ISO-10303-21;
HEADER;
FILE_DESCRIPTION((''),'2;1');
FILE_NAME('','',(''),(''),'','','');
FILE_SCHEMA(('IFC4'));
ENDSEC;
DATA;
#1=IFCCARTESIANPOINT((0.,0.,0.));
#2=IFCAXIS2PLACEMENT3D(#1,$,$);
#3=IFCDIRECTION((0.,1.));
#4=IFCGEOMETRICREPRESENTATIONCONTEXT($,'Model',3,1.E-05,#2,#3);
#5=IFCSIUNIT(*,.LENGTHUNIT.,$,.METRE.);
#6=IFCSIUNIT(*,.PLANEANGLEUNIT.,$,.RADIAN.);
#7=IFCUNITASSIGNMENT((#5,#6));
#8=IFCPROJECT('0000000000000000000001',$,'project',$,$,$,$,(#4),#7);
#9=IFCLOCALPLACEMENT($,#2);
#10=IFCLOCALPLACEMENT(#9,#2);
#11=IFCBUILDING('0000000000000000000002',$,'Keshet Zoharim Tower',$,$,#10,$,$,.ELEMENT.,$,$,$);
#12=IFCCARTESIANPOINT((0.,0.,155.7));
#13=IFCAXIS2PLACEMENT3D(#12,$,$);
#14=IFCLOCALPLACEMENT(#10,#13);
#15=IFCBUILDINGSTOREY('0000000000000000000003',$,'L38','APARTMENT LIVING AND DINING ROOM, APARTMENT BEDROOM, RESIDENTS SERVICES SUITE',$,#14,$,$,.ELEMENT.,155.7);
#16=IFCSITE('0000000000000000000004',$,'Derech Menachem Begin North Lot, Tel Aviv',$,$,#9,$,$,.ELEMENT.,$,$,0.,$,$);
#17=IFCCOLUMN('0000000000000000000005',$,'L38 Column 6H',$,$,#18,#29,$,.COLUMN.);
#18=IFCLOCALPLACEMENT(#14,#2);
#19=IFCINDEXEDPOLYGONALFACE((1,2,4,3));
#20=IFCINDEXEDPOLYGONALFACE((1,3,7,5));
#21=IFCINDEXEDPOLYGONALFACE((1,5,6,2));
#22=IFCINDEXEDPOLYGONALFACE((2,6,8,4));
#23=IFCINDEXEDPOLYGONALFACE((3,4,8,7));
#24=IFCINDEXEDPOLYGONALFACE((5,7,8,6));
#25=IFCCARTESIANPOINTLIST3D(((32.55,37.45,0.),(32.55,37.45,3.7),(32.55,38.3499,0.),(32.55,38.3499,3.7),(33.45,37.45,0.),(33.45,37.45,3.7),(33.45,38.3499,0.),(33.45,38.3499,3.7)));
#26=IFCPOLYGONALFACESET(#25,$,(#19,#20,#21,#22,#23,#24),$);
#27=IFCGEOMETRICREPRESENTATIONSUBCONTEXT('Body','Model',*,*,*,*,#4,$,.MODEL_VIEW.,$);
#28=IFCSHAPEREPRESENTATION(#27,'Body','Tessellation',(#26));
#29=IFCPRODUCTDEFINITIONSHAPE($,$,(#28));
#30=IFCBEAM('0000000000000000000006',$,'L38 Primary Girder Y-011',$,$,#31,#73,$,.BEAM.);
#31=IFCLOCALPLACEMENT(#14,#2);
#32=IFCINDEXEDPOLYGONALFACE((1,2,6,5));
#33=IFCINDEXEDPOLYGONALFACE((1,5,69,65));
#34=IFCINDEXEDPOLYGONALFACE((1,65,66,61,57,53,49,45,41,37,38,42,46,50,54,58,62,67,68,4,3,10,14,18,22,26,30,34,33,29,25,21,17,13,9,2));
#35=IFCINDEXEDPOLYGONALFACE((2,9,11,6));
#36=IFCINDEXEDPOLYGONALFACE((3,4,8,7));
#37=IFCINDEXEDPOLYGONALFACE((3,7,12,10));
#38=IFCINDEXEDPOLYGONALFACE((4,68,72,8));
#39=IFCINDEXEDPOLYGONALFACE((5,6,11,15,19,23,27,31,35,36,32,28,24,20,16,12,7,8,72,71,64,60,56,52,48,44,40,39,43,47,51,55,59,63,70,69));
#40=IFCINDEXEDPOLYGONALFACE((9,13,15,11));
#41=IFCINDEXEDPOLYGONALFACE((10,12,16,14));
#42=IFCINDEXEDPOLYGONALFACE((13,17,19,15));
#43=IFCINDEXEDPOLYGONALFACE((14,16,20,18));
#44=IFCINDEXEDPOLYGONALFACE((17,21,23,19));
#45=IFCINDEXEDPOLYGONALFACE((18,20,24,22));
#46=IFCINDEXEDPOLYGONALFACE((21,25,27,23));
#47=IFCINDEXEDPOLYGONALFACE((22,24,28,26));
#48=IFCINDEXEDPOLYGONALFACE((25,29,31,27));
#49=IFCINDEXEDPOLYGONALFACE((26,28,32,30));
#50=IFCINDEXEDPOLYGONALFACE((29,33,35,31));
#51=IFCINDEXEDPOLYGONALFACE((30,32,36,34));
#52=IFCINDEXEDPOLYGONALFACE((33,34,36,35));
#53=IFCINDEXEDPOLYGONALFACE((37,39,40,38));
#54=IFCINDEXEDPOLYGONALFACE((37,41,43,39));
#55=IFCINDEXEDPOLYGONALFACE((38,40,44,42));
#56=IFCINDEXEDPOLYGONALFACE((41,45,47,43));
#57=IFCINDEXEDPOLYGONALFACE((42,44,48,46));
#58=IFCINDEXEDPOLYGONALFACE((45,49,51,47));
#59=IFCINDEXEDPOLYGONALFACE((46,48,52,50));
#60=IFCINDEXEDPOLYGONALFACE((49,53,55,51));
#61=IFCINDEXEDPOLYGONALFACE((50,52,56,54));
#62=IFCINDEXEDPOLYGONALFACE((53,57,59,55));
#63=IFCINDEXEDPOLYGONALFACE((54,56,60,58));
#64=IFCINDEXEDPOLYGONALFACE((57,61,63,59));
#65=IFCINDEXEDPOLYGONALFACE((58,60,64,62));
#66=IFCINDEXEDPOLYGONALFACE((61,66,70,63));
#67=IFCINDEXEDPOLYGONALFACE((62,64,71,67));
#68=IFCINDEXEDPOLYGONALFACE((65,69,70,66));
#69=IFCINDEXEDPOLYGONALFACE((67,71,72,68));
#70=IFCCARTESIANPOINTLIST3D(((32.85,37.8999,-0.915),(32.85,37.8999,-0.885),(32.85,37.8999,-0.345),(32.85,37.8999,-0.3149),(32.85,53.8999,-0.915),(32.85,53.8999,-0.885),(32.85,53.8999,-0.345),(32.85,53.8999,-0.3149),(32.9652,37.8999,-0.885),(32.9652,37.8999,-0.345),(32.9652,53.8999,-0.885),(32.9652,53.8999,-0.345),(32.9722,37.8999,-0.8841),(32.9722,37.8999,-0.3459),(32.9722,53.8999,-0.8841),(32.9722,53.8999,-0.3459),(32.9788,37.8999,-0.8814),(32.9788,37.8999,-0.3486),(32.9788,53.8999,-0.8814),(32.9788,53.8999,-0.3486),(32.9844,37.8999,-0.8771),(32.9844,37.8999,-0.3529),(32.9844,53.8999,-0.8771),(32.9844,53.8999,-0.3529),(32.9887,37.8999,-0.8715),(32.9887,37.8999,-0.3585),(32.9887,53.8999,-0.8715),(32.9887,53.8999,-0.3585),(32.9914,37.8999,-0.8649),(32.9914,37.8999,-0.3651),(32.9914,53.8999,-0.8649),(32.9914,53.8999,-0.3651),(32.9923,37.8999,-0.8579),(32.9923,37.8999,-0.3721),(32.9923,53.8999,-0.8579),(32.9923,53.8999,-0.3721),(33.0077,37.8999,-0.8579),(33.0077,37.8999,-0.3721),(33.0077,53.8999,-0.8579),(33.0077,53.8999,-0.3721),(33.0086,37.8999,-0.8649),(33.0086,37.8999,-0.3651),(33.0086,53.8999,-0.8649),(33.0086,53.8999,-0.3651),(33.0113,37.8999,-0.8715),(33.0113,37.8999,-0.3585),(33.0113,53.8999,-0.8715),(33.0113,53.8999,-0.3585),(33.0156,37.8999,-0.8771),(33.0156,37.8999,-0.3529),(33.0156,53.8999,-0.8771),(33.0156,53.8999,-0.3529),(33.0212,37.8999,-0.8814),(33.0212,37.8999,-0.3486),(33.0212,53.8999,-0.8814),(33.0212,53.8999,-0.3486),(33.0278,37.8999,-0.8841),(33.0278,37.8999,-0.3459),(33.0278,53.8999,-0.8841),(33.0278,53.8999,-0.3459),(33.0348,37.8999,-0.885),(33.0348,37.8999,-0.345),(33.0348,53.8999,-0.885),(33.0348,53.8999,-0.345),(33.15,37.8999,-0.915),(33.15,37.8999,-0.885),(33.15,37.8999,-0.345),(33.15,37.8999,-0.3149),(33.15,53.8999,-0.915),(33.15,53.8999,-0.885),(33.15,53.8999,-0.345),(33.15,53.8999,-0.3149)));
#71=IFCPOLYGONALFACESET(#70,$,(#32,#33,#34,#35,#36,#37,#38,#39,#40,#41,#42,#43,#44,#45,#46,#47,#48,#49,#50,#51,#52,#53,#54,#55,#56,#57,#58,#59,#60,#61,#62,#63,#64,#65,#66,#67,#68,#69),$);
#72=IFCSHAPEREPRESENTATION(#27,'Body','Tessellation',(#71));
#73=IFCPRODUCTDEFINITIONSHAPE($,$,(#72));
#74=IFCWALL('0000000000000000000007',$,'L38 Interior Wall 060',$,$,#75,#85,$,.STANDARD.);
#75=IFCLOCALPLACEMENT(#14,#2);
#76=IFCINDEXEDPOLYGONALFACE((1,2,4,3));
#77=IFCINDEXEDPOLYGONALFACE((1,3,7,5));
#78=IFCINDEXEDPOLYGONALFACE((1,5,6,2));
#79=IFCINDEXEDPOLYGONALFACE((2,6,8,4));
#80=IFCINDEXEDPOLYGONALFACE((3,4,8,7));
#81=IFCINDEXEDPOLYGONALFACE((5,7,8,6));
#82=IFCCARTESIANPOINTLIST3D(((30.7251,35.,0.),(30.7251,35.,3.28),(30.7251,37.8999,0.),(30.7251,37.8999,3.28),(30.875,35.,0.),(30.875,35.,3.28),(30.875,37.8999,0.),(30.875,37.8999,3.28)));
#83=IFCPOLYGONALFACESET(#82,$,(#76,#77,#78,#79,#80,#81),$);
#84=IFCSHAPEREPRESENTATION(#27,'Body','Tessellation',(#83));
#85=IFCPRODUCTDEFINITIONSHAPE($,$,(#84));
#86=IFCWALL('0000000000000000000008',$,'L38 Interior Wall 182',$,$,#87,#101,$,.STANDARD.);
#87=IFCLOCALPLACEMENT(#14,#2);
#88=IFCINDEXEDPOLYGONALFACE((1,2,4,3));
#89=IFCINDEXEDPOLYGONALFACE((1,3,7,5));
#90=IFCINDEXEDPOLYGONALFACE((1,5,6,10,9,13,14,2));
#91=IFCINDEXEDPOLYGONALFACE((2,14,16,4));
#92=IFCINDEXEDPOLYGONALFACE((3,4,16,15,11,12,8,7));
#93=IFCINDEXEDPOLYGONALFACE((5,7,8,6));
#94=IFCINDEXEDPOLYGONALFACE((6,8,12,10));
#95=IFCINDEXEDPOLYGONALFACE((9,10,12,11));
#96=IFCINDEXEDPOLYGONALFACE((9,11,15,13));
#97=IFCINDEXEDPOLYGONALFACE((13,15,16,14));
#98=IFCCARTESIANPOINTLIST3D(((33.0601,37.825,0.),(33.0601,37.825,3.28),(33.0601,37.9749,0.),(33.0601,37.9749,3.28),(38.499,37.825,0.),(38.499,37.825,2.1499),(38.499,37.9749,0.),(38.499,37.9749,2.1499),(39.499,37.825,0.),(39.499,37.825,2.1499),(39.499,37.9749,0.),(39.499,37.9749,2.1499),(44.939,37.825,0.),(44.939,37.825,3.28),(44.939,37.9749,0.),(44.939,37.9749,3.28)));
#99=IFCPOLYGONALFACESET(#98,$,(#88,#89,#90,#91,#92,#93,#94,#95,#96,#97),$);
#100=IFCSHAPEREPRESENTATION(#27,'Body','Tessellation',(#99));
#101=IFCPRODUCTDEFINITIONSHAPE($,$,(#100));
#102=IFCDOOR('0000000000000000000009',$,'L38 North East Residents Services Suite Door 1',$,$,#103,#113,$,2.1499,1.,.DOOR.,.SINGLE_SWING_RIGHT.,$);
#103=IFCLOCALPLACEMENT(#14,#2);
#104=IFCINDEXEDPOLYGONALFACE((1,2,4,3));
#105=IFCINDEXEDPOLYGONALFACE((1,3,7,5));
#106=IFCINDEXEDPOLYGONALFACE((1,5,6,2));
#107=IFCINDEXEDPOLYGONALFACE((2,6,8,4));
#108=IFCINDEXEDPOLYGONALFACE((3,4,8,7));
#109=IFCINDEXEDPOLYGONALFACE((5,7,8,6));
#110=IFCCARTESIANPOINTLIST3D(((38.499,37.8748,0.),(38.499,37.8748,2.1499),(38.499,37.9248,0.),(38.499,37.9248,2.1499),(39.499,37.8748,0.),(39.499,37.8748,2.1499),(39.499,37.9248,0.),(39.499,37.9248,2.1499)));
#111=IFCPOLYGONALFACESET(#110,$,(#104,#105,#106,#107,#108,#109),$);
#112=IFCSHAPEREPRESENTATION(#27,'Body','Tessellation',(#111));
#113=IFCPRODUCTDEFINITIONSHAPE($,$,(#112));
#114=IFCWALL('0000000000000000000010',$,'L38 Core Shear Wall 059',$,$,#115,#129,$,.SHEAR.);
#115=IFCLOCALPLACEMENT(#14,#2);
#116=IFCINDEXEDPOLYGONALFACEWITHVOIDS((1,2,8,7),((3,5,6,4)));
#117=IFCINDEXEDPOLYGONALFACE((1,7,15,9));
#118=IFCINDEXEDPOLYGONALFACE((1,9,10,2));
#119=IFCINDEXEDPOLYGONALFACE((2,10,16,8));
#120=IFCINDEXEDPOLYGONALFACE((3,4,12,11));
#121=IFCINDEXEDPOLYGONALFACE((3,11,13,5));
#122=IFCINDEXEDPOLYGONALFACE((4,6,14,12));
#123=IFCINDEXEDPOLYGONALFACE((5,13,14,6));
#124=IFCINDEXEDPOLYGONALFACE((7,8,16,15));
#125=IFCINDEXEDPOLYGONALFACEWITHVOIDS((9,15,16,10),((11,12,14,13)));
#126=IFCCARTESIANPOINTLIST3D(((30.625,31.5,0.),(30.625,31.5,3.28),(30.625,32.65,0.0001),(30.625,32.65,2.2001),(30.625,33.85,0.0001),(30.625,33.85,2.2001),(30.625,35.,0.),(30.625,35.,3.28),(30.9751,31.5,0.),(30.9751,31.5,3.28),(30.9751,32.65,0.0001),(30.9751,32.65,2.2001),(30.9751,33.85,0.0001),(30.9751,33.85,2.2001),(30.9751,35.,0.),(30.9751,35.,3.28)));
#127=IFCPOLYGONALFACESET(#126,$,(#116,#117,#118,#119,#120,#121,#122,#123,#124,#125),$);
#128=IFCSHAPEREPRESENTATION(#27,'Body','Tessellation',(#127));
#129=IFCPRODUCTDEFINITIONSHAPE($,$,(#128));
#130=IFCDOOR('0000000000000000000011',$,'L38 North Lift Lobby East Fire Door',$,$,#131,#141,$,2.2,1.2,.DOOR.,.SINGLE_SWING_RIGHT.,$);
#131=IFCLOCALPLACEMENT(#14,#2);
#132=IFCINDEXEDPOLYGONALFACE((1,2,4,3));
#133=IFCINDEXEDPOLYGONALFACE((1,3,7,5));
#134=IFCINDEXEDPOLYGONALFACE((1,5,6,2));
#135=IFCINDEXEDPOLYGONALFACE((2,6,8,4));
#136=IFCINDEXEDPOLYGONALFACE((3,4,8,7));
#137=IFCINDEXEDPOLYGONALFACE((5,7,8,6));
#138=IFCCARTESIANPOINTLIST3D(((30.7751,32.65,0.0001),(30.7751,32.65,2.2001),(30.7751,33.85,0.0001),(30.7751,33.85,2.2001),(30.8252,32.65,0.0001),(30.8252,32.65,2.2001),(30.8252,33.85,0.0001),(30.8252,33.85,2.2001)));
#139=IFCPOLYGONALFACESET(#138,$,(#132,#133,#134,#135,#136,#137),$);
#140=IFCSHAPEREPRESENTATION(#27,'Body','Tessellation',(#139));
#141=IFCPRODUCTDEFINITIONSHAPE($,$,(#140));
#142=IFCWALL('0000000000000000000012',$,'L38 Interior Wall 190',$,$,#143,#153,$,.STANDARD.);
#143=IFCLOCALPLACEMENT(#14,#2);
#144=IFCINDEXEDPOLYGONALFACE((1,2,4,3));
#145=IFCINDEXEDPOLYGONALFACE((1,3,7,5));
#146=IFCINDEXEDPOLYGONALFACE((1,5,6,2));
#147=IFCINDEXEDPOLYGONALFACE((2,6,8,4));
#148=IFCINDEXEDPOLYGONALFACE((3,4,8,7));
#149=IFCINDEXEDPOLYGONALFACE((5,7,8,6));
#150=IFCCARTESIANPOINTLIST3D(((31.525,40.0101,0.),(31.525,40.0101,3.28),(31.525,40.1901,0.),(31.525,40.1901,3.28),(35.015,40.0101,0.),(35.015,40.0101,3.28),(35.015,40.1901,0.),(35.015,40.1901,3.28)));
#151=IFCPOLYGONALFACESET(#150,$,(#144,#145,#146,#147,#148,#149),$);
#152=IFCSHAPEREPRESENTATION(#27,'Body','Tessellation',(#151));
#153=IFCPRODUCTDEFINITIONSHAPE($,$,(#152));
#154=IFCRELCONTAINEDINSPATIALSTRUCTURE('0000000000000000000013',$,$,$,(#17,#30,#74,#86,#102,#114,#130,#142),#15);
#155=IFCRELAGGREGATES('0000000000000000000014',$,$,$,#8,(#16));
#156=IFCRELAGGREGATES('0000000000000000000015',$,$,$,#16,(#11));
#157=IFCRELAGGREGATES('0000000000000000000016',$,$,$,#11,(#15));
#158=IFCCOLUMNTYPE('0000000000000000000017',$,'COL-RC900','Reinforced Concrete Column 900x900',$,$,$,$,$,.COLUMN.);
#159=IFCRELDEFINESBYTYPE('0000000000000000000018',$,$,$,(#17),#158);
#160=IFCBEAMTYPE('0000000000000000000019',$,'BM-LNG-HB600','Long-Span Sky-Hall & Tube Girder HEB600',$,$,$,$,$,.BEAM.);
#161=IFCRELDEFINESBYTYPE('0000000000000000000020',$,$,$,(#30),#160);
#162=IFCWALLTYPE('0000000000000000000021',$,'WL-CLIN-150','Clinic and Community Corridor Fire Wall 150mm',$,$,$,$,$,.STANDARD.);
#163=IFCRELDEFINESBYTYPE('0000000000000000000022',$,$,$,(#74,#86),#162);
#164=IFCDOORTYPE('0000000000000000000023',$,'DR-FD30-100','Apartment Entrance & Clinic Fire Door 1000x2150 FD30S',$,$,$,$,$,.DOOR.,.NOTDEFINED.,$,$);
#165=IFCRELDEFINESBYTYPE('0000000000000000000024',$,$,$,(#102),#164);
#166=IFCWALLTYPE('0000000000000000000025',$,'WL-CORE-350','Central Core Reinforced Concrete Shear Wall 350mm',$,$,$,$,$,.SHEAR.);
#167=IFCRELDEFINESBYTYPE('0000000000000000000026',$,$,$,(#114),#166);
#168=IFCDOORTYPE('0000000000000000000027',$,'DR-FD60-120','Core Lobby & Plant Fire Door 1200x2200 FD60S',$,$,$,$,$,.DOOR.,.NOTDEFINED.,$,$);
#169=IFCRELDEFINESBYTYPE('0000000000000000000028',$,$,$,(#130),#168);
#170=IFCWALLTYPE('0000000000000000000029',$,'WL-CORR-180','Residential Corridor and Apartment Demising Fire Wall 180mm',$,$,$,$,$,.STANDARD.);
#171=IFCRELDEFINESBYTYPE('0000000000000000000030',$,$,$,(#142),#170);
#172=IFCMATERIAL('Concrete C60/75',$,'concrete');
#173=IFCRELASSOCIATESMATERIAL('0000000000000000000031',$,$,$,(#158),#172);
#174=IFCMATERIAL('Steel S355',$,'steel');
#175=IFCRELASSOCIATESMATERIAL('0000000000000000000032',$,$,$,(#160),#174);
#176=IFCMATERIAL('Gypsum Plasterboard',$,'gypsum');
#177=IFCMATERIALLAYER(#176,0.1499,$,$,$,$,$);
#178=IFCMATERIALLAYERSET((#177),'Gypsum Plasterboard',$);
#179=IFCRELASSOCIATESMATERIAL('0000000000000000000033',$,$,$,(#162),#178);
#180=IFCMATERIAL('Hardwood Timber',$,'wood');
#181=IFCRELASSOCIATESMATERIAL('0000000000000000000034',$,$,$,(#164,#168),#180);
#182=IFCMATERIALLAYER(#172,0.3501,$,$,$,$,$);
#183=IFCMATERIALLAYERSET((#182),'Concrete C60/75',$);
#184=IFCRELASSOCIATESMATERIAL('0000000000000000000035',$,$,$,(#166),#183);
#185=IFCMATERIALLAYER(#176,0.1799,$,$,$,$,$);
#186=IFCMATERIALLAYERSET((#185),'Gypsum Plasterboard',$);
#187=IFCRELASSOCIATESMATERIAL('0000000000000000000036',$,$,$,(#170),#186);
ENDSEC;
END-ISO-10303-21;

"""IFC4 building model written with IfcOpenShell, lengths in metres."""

from ifc_helpers import new_model, si_unit, direction, frame, frame_2d, origin, origin_2d, place, context, subcontext, project, spatial, rectangle, i_section, extrude, material, layer, layer_set, material_profile, profile_set, type_object, element, fill, save


model = new_model("IFC4")

# Units and contexts
model_context = context("Model", 3, precision=1e-05, world=origin(), true_north=direction((0.0, 1.0)))
body_context = subcontext(model_context, "Body", "Model", "MODEL_VIEW")
ifc_project = project(units=[si_unit("LENGTHUNIT", "METRE"), si_unit("PLANEANGLEUNIT", "RADIAN")], contexts=[model_context])

# Site, building, storey
site_placement = place(None, origin())
site = spatial("IfcSite", under=ifc_project, at=site_placement, Name="Derech Menachem Begin North Lot, Tel Aviv", CompositionType="ELEMENT", RefElevation=0.0)
building_placement = place(site_placement, origin())
building = spatial("IfcBuilding", under=site, at=building_placement, Name="Keshet Zoharim Tower", CompositionType="ELEMENT")
storey_placement = place(building_placement, frame((0.0, 0.0, 155.7)))
storey = spatial("IfcBuildingStorey", under=building, at=storey_placement, Name="L38", Description="APARTMENT LIVING AND DINING ROOM, APARTMENT BEDROOM, RESIDENTS SERVICES SUITE", CompositionType="ELEMENT", Elevation=155.7)

# Column
ifc_material_1 = material(Name="Concrete C60/75", Category="concrete")
ifc_material_profile_1 = material_profile(ifc_material_1, rectangle(XDim=0.8999, YDim=0.8999, at=origin_2d()), Name="RC900x900")
ifc_profile_set_1 = profile_set([ifc_material_profile_1], Name="Concrete C60/75")
column_type = type_object("IfcColumnType", Name="COL-RC900", Description="Reinforced Concrete Column 900x900", PredefinedType="COLUMN", material=ifc_profile_set_1)
column_placement = place(storey_placement, frame((33.0, 37.8999, 0.0), z_axis=(0.0, 0.0, 1.0), x_axis=(1.0, 0.0, 0.0)))
element("IfcColumn", 1, at=column_placement, inside=storey, type_object=column_type, Name="L38 Column 6H", PredefinedType="COLUMN", context=body_context, shape_type="SweptSolid", body=[
    extrude(rectangle(XDim=0.8999, YDim=0.8999, at=origin_2d()), origin(), (0.0, 0.0, 1.0), 3.7),
])

# Beam
ifc_material_2 = material(Name="Steel S355", Category="steel")
ifc_material_profile_2 = material_profile(ifc_material_2, i_section(OverallWidth=0.3, OverallDepth=0.6001, WebThickness=0.0154, FlangeThickness=0.03, FilletRadius=0.0271, at=origin_2d()), Name="HEB600")
ifc_profile_set_2 = profile_set([ifc_material_profile_2], Name="Steel S355")
beam_type = type_object("IfcBeamType", Name="BM-LNG-HB600", Description="Long-Span Sky-Hall & Tube Girder HEB600", PredefinedType="BEAM", material=ifc_profile_set_2)
beam_placement = place(storey_placement, frame((33.0, 37.8999, -0.615), z_axis=(0.0, 1.0, 0.0), x_axis=(-1.0, 0.0, 0.0)))
element("IfcBeam", 2, at=beam_placement, inside=storey, type_object=beam_type, Name="L38 Primary Girder Y-011", PredefinedType="BEAM", context=body_context, shape_type="SweptSolid", body=[
    extrude(i_section(OverallWidth=0.3, OverallDepth=0.6001, WebThickness=0.0154, FlangeThickness=0.03, FilletRadius=0.0271, at=origin_2d()), origin(), (0.0, 0.0, 1.0), 16.0),
])

# Wall
ifc_material_3 = material(Name="Gypsum Plasterboard", Category="gypsum")
ifc_layer_1 = layer(ifc_material_3, 0.1499)
ifc_layer_set_1 = layer_set([ifc_layer_1], Name="Gypsum Plasterboard")
wall_type_1 = type_object("IfcWallType", Name="WL-CLIN-150", Description="Clinic and Community Corridor Fire Wall 150mm", PredefinedType="STANDARD", material=ifc_layer_set_1)
wall_1_placement = place(storey_placement, frame((30.8, 35.0, 0.0), z_axis=(0.0, 0.0, 1.0), x_axis=(0.0, 1.0, 0.0)))
element("IfcWall", 3, at=wall_1_placement, inside=storey, type_object=wall_type_1, Name="L38 Interior Wall 060", PredefinedType="STANDARD", context=body_context, shape_type="SweptSolid", body=[
    extrude(rectangle(XDim=2.8999, YDim=0.1499, at=frame_2d((1.45, 0.0))), origin(), (0.0, 0.0, 1.0), 3.28),
])

# Walls, openings, doors
wall_2_placement = place(storey_placement, frame((33.0601, 37.8999, 0.0), z_axis=(0.0, 0.0, 1.0), x_axis=(1.0, 0.0, 0.0)))
wall_2 = element("IfcWall", 4, at=wall_2_placement, inside=storey, type_object=wall_type_1, Name="L38 Interior Wall 182", PredefinedType="STANDARD", context=body_context, shape_type="SweptSolid", body=[
    extrude(rectangle(XDim=11.8789, YDim=0.1499, at=frame_2d((5.9395, 0.0))), origin(), (0.0, 0.0, 1.0), 3.28),
])
opening_1_placement = place(wall_2_placement, frame((5.439, 0.0, 0.0)))
opening_1 = element("IfcOpeningElement", 5, at=opening_1_placement, cuts=wall_2, PredefinedType="OPENING", context=body_context, shape_type="SweptSolid", body=[
    extrude(rectangle(XDim=1.0, YDim=2.1499, at=frame_2d((0.5, 1.075))), frame((0.0, 0.085, 0.0), z_axis=(0.0, -1.0, 0.0), x_axis=(1.0, 0.0, 0.0)), (0.0, 0.0, 1.0), 0.1699),
])
ifc_material_4 = material(Name="Hardwood Timber", Category="wood")
door_type_1 = type_object("IfcDoorType", Name="DR-FD30-100", Description="Apartment Entrance & Clinic Fire Door 1000x2150 FD30S", OperationType="NOTDEFINED", PredefinedType="DOOR", material=ifc_material_4)
door_1_placement = place(opening_1_placement, origin())
door_1 = element("IfcDoor", 6, at=door_1_placement, inside=storey, type_object=door_type_1, Name="L38 North East Residents Services Suite Door 1", OperationType="SINGLE_SWING_RIGHT", OverallHeight=2.1499, OverallWidth=1.0, PredefinedType="DOOR", context=body_context, shape_type="SweptSolid", body=[
    extrude(rectangle(XDim=1.0, YDim=2.1499, at=frame_2d((0.5, 1.075))), frame((0.0, 0.0249, 0.0), z_axis=(0.0, -1.0, 0.0), x_axis=(1.0, 0.0, 0.0)), (0.0, 0.0, 1.0), 0.05),
])
fill(opening_1, door_1)
ifc_layer_2 = layer(ifc_material_1, 0.3501)
ifc_layer_set_2 = layer_set([ifc_layer_2], Name="Concrete C60/75")
wall_type_2 = type_object("IfcWallType", Name="WL-CORE-350", Description="Central Core Reinforced Concrete Shear Wall 350mm", PredefinedType="SHEAR", material=ifc_layer_set_2)
wall_3_placement = place(storey_placement, frame((30.8, 31.5, 0.0), z_axis=(0.0, 0.0, 1.0), x_axis=(0.0, 1.0, 0.0)))
wall_3 = element("IfcWall", 7, at=wall_3_placement, inside=storey, type_object=wall_type_2, Name="L38 Core Shear Wall 059", PredefinedType="SHEAR", context=body_context, shape_type="SweptSolid", body=[
    extrude(rectangle(XDim=3.5, YDim=0.3501, at=frame_2d((1.75, 0.0))), origin(), (0.0, 0.0, 1.0), 3.28),
])
opening_2_placement = place(wall_3_placement, frame((1.1499, 0.0, 0.0)))
opening_2 = element("IfcOpeningElement", 8, at=opening_2_placement, cuts=wall_3, PredefinedType="OPENING", context=body_context, shape_type="SweptSolid", body=[
    extrude(rectangle(XDim=1.2, YDim=2.2, at=frame_2d((0.6001, 1.1001))), frame((0.0, 0.1851, 0.0), z_axis=(0.0, -1.0, 0.0), x_axis=(1.0, 0.0, 0.0)), (0.0, 0.0, 1.0), 0.3701),
])
door_type_2 = type_object("IfcDoorType", Name="DR-FD60-120", Description="Core Lobby & Plant Fire Door 1200x2200 FD60S", OperationType="NOTDEFINED", PredefinedType="DOOR", material=ifc_material_4)
door_2_placement = place(opening_2_placement, origin())
door_2 = element("IfcDoor", 9, at=door_2_placement, inside=storey, type_object=door_type_2, Name="L38 North Lift Lobby East Fire Door", OperationType="SINGLE_SWING_RIGHT", OverallHeight=2.2, OverallWidth=1.2, PredefinedType="DOOR", context=body_context, shape_type="SweptSolid", body=[
    extrude(rectangle(XDim=1.2, YDim=2.2, at=frame_2d((0.6001, 1.1001))), frame((0.0, 0.0249, 0.0), z_axis=(0.0, -1.0, 0.0), x_axis=(1.0, 0.0, 0.0)), (0.0, 0.0, 1.0), 0.05),
])
fill(opening_2, door_2)

# Wall
ifc_layer_3 = layer(ifc_material_3, 0.1799)
ifc_layer_set_3 = layer_set([ifc_layer_3], Name="Gypsum Plasterboard")
wall_type_3 = type_object("IfcWallType", Name="WL-CORR-180", Description="Residential Corridor and Apartment Demising Fire Wall 180mm", PredefinedType="STANDARD", material=ifc_layer_set_3)
wall_4_placement = place(storey_placement, frame((31.5249, 40.1001, 0.0), z_axis=(0.0, 0.0, 1.0), x_axis=(1.0, 0.0, 0.0)))
element("IfcWall", 10, at=wall_4_placement, inside=storey, type_object=wall_type_3, Name="L38 Interior Wall 190", PredefinedType="STANDARD", context=body_context, shape_type="SweptSolid", body=[
    extrude(rectangle(XDim=3.49, YDim=0.1799, at=frame_2d((1.7451, 0.0))), origin(), (0.0, 0.0, 1.0), 3.28),
])

save(model, "model.ifc")
